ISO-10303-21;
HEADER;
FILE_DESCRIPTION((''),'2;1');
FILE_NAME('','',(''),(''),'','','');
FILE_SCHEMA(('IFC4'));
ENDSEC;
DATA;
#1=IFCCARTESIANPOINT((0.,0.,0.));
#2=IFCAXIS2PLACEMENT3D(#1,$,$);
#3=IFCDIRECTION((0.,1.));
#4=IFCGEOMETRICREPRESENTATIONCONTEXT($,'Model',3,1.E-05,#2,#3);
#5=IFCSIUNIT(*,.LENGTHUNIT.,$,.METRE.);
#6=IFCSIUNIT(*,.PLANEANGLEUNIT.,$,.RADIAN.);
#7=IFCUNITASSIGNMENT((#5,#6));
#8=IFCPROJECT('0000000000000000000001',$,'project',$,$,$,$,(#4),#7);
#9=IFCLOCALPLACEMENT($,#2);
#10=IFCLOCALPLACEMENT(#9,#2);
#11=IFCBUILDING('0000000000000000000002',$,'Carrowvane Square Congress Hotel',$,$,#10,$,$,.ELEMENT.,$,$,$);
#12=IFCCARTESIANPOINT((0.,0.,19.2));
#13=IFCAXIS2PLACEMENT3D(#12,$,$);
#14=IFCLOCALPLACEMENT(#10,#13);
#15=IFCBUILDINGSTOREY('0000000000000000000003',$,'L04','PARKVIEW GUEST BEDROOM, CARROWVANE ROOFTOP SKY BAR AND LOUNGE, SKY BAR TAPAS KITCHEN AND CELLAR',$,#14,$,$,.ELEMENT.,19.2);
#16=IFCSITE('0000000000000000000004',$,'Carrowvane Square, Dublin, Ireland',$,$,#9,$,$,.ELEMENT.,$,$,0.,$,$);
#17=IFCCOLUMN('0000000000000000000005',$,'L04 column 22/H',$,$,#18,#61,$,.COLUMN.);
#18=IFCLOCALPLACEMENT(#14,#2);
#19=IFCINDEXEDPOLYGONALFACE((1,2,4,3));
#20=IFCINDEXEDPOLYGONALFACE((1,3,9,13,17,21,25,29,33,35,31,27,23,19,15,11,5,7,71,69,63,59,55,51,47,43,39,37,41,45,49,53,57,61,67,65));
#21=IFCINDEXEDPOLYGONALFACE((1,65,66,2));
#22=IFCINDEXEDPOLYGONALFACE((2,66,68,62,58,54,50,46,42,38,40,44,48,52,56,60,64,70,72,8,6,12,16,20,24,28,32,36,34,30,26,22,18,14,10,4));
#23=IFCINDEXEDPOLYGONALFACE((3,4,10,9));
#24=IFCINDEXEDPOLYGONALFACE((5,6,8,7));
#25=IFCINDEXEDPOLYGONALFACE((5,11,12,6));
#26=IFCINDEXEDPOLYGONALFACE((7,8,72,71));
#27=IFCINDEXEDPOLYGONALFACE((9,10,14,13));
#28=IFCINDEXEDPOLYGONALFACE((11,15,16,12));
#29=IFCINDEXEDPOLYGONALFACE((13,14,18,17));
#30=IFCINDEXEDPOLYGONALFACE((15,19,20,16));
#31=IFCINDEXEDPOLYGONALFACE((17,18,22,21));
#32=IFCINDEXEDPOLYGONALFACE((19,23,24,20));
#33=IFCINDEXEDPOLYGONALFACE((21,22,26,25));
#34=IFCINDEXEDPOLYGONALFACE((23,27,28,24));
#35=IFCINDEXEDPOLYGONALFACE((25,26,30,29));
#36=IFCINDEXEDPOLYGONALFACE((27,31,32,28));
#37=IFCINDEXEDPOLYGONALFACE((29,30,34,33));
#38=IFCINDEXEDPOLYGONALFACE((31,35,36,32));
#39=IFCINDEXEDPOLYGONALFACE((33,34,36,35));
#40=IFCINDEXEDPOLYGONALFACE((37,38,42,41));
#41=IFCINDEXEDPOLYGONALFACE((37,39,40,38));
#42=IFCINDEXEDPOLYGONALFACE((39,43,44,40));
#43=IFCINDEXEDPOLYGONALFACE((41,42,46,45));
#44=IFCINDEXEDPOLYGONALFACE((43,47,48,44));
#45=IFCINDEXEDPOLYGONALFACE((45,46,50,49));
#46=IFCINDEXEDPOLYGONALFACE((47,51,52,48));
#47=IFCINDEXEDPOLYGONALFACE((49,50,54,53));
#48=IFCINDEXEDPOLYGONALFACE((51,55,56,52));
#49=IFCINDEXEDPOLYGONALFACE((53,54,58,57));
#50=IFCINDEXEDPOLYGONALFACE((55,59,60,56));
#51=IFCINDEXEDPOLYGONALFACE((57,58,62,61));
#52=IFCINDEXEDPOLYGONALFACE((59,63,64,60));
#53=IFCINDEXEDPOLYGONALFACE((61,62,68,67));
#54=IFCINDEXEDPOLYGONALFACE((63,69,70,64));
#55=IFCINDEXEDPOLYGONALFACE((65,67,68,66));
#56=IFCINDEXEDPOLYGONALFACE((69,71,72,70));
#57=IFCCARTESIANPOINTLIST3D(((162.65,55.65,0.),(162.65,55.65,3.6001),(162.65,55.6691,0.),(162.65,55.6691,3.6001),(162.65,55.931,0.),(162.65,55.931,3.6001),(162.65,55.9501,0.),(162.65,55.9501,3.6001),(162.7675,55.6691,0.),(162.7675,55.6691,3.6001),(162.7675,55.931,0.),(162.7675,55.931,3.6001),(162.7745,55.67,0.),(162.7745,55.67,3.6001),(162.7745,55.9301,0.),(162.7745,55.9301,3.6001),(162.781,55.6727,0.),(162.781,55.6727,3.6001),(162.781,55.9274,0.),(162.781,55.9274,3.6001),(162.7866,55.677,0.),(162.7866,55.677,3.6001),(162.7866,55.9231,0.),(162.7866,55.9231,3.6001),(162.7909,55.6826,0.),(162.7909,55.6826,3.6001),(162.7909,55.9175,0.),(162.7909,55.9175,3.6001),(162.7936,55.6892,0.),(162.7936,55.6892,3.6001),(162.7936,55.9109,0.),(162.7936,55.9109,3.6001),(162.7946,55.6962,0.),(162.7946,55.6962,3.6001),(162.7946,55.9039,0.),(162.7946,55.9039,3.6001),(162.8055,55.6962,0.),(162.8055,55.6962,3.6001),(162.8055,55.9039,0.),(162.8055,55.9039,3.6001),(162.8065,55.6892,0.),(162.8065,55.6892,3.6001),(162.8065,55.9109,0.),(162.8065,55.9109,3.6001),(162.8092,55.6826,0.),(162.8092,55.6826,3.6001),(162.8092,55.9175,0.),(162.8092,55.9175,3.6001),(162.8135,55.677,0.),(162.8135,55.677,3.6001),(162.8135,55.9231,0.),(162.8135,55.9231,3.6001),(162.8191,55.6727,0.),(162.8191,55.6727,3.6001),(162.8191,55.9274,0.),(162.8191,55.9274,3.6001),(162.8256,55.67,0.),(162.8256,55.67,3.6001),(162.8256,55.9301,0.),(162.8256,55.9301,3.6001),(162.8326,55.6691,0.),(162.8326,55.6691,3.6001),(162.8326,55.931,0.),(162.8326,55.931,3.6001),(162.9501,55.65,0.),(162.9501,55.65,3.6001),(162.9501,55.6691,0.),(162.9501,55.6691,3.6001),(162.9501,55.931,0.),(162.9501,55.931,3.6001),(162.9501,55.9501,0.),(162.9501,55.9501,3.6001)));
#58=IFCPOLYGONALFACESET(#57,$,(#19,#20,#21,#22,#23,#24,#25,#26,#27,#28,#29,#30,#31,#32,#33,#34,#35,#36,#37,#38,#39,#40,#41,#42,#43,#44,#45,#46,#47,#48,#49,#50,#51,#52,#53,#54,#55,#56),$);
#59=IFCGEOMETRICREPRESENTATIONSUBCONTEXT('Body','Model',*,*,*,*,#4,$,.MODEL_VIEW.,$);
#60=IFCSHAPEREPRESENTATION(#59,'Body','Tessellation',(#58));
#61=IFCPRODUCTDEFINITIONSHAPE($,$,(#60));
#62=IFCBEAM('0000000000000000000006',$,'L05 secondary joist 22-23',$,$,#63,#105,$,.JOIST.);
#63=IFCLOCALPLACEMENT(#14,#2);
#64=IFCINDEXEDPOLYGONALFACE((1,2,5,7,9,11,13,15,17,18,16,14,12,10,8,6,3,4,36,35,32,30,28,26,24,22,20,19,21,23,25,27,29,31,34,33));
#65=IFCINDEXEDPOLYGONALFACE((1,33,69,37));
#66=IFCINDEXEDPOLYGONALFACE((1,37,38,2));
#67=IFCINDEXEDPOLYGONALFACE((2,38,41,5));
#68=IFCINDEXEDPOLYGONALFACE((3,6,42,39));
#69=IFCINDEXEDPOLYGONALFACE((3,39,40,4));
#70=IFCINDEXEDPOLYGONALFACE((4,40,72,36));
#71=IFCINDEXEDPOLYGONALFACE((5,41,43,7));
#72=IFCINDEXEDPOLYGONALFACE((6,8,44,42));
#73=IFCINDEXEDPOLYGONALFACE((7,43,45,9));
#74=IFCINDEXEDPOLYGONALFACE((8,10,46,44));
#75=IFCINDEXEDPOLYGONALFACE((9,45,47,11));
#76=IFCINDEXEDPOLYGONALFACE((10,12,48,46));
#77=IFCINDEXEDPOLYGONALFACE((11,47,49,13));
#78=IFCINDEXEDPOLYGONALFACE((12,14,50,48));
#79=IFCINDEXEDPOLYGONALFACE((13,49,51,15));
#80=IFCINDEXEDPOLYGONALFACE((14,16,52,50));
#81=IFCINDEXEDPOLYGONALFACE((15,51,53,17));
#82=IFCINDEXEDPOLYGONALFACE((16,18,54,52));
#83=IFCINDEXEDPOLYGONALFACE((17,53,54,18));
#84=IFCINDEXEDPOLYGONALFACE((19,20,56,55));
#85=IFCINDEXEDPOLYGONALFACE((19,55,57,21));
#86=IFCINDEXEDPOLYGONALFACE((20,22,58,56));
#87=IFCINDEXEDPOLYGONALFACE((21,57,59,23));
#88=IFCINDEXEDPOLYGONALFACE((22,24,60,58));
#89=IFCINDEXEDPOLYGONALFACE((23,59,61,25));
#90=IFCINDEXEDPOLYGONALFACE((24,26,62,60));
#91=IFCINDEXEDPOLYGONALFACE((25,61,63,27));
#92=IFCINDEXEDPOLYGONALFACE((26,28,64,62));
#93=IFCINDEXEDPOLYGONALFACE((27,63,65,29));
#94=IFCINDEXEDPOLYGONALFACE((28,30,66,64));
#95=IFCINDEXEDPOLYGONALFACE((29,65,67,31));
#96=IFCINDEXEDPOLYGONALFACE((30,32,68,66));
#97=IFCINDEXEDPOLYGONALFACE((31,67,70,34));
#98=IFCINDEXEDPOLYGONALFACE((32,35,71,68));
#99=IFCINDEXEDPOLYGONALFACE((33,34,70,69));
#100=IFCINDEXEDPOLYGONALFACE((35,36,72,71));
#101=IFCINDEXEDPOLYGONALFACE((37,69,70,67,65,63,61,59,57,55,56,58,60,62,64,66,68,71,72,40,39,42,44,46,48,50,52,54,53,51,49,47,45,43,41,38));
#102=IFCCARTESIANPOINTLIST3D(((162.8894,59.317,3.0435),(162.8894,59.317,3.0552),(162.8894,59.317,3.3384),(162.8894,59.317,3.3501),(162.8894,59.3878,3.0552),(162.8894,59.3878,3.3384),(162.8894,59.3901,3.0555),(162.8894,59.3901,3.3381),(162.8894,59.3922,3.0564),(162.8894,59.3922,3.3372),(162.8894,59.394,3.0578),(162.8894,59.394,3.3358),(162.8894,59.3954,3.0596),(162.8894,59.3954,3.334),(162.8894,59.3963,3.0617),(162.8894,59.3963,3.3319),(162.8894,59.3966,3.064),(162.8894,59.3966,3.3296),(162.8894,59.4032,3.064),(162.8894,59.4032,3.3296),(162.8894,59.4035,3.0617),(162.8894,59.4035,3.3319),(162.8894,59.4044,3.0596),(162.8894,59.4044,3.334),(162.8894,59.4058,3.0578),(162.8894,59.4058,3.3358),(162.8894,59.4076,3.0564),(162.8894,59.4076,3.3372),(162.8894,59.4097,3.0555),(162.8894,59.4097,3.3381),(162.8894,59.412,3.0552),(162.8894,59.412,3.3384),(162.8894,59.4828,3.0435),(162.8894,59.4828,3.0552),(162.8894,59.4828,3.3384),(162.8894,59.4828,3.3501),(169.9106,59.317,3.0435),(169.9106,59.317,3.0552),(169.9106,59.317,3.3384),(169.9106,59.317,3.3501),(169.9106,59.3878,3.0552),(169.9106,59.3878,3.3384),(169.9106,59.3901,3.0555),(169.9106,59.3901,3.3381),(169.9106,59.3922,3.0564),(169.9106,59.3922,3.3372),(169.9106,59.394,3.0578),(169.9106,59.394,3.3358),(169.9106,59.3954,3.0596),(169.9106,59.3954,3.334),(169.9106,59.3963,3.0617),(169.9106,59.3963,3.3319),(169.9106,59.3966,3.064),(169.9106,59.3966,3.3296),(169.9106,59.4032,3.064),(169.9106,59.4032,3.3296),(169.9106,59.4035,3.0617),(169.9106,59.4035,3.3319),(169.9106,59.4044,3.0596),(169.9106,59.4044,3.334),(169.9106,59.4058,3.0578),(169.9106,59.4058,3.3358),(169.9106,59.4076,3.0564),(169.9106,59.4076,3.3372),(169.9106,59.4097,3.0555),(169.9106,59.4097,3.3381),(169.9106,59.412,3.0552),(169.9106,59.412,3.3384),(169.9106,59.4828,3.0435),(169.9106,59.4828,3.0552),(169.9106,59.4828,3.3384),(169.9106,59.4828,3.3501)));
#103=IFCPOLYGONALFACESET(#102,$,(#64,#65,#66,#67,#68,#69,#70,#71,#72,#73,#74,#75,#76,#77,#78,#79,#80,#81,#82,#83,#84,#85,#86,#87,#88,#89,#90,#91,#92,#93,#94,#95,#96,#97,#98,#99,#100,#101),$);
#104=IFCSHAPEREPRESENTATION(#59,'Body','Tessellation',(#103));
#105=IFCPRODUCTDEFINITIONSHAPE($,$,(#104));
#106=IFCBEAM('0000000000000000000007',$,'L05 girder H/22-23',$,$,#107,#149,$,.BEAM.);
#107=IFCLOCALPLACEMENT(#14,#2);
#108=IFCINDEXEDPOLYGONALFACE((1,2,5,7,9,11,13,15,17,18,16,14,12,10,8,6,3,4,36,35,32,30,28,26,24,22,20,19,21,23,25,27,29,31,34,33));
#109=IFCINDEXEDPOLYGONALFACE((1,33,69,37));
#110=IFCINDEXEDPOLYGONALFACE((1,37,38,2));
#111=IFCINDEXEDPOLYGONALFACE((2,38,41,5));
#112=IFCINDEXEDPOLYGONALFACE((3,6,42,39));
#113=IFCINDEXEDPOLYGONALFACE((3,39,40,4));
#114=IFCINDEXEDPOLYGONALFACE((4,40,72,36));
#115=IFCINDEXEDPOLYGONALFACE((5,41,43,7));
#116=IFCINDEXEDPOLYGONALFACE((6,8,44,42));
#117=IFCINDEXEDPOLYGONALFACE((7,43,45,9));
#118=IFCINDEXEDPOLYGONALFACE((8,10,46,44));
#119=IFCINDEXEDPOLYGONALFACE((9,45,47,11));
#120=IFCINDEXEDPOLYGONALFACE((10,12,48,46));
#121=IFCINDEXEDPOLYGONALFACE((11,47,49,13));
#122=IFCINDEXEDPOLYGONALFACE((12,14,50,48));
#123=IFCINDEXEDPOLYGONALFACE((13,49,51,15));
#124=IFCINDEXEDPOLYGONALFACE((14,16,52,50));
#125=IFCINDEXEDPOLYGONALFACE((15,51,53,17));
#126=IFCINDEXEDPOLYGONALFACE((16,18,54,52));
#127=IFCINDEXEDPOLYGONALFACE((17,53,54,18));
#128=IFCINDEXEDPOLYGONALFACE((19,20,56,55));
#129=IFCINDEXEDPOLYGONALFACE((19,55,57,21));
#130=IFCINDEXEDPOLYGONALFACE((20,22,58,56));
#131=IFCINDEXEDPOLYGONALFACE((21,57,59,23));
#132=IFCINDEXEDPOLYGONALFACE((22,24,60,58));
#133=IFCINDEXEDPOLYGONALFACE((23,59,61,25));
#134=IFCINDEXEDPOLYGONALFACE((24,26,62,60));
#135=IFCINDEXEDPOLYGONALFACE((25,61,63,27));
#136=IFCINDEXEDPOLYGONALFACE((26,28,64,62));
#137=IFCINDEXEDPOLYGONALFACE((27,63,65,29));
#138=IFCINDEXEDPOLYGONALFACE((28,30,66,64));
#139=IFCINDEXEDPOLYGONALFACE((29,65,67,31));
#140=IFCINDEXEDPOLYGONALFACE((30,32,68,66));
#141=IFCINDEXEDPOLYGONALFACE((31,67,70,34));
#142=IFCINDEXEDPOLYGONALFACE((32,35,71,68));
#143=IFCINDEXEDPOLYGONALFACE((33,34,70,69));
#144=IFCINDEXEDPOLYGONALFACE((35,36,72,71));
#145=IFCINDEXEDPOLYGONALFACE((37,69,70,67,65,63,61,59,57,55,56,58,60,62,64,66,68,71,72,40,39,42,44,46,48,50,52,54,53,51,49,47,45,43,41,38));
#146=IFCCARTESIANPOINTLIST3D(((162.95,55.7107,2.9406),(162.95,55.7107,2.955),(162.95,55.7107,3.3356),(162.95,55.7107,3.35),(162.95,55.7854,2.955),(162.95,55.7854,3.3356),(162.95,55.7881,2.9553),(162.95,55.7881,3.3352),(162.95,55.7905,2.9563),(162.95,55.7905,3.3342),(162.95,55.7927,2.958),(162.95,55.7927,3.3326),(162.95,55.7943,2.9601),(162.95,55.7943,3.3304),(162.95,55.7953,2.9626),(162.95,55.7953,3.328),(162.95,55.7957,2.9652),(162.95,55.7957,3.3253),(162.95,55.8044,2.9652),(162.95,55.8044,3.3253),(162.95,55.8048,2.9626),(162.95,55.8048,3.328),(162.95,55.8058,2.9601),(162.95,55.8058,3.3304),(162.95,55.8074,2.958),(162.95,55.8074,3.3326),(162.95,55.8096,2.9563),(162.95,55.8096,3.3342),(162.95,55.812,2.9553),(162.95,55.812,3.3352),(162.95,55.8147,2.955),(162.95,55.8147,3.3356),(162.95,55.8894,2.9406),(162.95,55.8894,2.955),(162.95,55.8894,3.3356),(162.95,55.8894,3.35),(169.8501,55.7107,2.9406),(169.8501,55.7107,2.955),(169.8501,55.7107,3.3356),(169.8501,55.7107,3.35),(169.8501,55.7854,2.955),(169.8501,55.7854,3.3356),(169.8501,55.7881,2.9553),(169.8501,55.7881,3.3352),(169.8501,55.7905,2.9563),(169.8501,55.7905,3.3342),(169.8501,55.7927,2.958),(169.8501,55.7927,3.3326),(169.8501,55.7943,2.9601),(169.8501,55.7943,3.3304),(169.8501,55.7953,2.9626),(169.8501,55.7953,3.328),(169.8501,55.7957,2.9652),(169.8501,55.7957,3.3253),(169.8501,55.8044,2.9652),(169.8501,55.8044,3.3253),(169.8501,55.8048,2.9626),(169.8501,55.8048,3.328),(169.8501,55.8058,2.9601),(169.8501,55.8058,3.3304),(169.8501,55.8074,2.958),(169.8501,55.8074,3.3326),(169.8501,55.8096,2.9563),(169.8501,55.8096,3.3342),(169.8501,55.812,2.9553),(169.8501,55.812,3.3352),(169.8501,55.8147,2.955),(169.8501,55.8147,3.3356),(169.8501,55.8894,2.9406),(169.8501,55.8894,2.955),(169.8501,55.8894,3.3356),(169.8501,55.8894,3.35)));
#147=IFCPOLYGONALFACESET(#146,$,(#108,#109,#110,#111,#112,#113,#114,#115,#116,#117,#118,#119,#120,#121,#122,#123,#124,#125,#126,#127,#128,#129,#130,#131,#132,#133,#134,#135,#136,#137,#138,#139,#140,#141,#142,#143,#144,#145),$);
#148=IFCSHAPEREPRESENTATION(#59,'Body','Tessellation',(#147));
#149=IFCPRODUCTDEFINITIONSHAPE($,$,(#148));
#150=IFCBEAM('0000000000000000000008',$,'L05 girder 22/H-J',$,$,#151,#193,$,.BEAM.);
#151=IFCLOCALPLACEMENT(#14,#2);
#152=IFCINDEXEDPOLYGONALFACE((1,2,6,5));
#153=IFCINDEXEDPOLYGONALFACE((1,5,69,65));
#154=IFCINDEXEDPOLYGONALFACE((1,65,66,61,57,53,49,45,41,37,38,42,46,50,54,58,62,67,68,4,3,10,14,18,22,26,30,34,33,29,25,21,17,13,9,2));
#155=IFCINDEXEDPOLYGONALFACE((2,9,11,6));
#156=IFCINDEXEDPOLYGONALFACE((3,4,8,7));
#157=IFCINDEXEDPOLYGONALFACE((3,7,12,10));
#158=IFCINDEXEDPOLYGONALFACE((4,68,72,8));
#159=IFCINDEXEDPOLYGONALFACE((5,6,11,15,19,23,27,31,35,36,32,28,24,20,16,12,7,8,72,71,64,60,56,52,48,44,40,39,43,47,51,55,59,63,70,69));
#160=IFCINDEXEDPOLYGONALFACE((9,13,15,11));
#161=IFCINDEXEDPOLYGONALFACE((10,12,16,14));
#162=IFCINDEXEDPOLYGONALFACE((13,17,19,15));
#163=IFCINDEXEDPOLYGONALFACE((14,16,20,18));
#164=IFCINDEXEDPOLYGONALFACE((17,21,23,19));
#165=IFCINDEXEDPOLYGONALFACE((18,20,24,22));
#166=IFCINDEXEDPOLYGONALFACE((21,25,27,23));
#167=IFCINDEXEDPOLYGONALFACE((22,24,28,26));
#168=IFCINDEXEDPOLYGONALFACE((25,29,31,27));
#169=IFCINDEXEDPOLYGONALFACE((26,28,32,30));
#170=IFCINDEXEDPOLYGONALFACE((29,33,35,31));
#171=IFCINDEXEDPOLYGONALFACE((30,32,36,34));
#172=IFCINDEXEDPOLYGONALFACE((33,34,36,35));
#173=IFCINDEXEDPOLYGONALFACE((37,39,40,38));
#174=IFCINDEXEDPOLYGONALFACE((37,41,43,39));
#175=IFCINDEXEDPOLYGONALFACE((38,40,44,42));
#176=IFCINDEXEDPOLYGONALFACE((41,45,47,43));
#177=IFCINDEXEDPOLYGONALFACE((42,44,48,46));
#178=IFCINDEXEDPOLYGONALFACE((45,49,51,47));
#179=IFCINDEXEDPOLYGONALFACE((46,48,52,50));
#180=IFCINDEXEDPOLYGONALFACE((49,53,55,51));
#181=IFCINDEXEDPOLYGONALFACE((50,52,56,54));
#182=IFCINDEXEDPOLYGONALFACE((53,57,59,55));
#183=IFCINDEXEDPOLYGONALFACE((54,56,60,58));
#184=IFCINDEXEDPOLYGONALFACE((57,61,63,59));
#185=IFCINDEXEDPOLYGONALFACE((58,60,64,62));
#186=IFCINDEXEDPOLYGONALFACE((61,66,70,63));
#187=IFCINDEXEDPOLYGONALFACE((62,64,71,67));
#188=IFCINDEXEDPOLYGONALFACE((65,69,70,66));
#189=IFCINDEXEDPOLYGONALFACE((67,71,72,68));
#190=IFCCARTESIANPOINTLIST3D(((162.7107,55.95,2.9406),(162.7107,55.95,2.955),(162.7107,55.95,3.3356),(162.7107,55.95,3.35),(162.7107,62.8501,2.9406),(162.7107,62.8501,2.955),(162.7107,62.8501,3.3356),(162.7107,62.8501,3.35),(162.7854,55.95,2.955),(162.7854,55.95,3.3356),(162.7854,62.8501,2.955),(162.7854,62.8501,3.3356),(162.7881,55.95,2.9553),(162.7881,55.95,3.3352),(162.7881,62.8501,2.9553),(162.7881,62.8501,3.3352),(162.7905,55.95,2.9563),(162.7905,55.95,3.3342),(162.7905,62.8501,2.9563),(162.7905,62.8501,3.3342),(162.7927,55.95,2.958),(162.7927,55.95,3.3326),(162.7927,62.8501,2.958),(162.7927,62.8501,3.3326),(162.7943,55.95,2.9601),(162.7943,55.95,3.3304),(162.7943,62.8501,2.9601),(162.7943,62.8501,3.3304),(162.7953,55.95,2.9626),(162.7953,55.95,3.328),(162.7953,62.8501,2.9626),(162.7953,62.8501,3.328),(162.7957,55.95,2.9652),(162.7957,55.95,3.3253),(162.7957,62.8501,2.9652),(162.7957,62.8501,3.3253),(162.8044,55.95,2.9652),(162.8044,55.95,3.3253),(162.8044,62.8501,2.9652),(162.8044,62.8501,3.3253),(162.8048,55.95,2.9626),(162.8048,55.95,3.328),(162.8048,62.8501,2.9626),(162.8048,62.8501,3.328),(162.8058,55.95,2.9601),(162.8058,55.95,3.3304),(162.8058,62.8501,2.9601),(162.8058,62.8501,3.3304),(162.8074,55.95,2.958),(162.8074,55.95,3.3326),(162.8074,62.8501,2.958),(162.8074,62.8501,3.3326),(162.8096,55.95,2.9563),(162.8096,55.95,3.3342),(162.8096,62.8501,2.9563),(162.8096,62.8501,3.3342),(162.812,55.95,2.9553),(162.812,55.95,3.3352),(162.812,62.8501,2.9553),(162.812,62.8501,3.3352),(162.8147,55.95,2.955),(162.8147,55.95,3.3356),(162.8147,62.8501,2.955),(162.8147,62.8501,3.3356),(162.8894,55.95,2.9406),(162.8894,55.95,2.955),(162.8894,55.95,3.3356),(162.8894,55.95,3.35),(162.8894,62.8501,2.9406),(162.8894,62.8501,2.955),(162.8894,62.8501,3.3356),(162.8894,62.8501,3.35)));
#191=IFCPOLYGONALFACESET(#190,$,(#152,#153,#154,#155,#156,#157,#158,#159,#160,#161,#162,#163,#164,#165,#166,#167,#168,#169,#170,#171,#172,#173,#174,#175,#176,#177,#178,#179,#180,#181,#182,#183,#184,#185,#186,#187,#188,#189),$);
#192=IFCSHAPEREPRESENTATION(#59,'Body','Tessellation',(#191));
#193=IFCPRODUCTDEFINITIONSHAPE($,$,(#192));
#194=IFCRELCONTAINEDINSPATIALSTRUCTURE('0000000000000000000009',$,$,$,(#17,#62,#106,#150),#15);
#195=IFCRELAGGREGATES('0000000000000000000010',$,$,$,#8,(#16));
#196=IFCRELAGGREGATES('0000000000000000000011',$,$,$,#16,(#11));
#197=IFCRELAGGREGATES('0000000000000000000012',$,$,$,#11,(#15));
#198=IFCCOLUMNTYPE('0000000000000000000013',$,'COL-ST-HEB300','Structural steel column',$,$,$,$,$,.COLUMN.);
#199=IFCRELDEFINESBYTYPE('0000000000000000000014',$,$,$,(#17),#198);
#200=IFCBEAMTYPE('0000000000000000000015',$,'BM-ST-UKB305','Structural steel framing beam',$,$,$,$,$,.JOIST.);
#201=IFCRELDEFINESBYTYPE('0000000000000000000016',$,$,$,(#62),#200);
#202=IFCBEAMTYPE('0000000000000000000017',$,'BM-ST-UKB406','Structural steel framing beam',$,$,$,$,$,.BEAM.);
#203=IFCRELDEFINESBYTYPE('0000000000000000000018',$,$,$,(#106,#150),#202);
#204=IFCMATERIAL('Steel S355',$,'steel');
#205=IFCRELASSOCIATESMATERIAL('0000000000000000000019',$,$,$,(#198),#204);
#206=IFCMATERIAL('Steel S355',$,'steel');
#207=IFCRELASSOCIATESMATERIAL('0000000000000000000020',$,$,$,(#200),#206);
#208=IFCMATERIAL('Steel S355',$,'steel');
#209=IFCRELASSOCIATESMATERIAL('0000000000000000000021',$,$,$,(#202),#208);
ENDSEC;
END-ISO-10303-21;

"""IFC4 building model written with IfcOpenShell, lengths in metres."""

from ifc_helpers import new_model, si_unit, direction, frame, origin, origin_2d, place, context, subcontext, project, spatial, i_section, extrude, material, material_profile, profile_set, type_object, element, save


model = new_model("IFC4")

# Units and contexts
model_context = context("Model", 3, precision=1e-05, world=origin(), true_north=direction((0.0, 1.0)))
body_context = subcontext(model_context, "Body", "Model", "MODEL_VIEW")
ifc_project = project(units=[si_unit("LENGTHUNIT", "METRE"), si_unit("PLANEANGLEUNIT", "RADIAN")], contexts=[model_context])

# Site, building, storey
site_placement = place(None, origin())
site = spatial("IfcSite", under=ifc_project, at=site_placement, Name="Carrowvane Square, Dublin, Ireland", CompositionType="ELEMENT", RefElevation=0.0)
building_placement = place(site_placement, origin())
building = spatial("IfcBuilding", under=site, at=building_placement, Name="Carrowvane Square Congress Hotel", CompositionType="ELEMENT")
storey_placement = place(building_placement, frame((0.0, 0.0, 19.2)))
storey = spatial("IfcBuildingStorey", under=building, at=storey_placement, Name="L04", Description="PARKVIEW GUEST BEDROOM, CARROWVANE ROOFTOP SKY BAR AND LOUNGE, SKY BAR TAPAS KITCHEN AND CELLAR", CompositionType="ELEMENT", Elevation=19.2)

# Column
ifc_material_1 = material(Name="Steel S355", Category="steel")
ifc_material_profile_1 = material_profile(ifc_material_1, i_section(OverallWidth=0.3, OverallDepth=0.3, WebThickness=0.011, FlangeThickness=0.019, FilletRadius=0.0271, at=origin_2d()), Name="HEB 300")
ifc_profile_set_1 = profile_set([ifc_material_profile_1], Name="Steel S355")
column_type = type_object("IfcColumnType", Name="COL-ST-HEB300", Description="Structural steel column", PredefinedType="COLUMN", material=ifc_profile_set_1)
column_placement = place(storey_placement, frame((162.8, 55.8, 0.0), z_axis=(0.0, 0.0, 1.0), x_axis=(1.0, 0.0, 0.0)))
element("IfcColumn", 1, at=column_placement, inside=storey, type_object=column_type, Name="L04 column 22/H", PredefinedType="COLUMN", context=body_context, shape_type="SweptSolid", body=[
    extrude(i_section(OverallWidth=0.3, OverallDepth=0.3, WebThickness=0.011, FlangeThickness=0.019, FilletRadius=0.0271, at=origin_2d()), origin(), (0.0, 0.0, 1.0), 3.6001),
])

# Beams
ifc_material_2 = material(Name="Steel S355", Category="steel")
ifc_material_profile_2 = material_profile(ifc_material_2, i_section(OverallWidth=0.1658, OverallDepth=0.3066, WebThickness=0.0066, FlangeThickness=0.0117, FilletRadius=0.0088, at=origin_2d()), Name="UKB 305x165x46")
ifc_profile_set_2 = profile_set([ifc_material_profile_2], Name="Steel S355")
beam_type_1 = type_object("IfcBeamType", Name="BM-ST-UKB305", Description="Structural steel framing beam", PredefinedType="JOIST", material=ifc_profile_set_2)
beam_placement = place(storey_placement, frame((162.8894, 59.3999, 3.1968), z_axis=(1.0, 0.0, 0.0), x_axis=(0.0, 1.0, 0.0)))
element("IfcBeam", 2, at=beam_placement, inside=storey, type_object=beam_type_1, Name="L05 secondary joist 22-23", PredefinedType="JOIST", context=body_context, shape_type="SweptSolid", body=[
    extrude(i_section(OverallWidth=0.1658, OverallDepth=0.3066, WebThickness=0.0066, FlangeThickness=0.0117, FilletRadius=0.0088, at=origin_2d()), origin(), (0.0, 0.0, 1.0), 7.0212),
])
ifc_material_3 = material(Name="Steel S355", Category="steel")
ifc_material_profile_3 = material_profile(ifc_material_3, i_section(OverallWidth=0.1787, OverallDepth=0.4094, WebThickness=0.0088, FlangeThickness=0.0144, FilletRadius=0.0103, at=origin_2d()), Name="UKB 406x178x67")
ifc_profile_set_3 = profile_set([ifc_material_profile_3], Name="Steel S355")
beam_type_2 = type_object("IfcBeamType", Name="BM-ST-UKB406", Description="Structural steel framing beam", PredefinedType="BEAM", material=ifc_profile_set_3)
for number, where, z_axis, x_axis, name in (
    (3, (162.95, 55.8, 3.1453), (1.0, 0.0, 0.0), (0.0, 1.0, 0.0), "L05 girder H/22-23"),
    (4, (162.8, 55.95, 3.1453), (0.0, 1.0, 0.0), (-1.0, 0.0, 0.0), "L05 girder 22/H-J"),
):
    element("IfcBeam", number, at=place(storey_placement, frame(where, z_axis=z_axis, x_axis=x_axis)), inside=storey, type_object=beam_type_2, Name=name, PredefinedType="BEAM", context=body_context, shape_type="SweptSolid", body=[
        extrude(i_section(OverallWidth=0.1787, OverallDepth=0.4094, WebThickness=0.0088, FlangeThickness=0.0144, FilletRadius=0.0103, at=origin_2d()), origin(), (0.0, 0.0, 1.0), 6.9001),
    ])

save(model, "model.ifc")
